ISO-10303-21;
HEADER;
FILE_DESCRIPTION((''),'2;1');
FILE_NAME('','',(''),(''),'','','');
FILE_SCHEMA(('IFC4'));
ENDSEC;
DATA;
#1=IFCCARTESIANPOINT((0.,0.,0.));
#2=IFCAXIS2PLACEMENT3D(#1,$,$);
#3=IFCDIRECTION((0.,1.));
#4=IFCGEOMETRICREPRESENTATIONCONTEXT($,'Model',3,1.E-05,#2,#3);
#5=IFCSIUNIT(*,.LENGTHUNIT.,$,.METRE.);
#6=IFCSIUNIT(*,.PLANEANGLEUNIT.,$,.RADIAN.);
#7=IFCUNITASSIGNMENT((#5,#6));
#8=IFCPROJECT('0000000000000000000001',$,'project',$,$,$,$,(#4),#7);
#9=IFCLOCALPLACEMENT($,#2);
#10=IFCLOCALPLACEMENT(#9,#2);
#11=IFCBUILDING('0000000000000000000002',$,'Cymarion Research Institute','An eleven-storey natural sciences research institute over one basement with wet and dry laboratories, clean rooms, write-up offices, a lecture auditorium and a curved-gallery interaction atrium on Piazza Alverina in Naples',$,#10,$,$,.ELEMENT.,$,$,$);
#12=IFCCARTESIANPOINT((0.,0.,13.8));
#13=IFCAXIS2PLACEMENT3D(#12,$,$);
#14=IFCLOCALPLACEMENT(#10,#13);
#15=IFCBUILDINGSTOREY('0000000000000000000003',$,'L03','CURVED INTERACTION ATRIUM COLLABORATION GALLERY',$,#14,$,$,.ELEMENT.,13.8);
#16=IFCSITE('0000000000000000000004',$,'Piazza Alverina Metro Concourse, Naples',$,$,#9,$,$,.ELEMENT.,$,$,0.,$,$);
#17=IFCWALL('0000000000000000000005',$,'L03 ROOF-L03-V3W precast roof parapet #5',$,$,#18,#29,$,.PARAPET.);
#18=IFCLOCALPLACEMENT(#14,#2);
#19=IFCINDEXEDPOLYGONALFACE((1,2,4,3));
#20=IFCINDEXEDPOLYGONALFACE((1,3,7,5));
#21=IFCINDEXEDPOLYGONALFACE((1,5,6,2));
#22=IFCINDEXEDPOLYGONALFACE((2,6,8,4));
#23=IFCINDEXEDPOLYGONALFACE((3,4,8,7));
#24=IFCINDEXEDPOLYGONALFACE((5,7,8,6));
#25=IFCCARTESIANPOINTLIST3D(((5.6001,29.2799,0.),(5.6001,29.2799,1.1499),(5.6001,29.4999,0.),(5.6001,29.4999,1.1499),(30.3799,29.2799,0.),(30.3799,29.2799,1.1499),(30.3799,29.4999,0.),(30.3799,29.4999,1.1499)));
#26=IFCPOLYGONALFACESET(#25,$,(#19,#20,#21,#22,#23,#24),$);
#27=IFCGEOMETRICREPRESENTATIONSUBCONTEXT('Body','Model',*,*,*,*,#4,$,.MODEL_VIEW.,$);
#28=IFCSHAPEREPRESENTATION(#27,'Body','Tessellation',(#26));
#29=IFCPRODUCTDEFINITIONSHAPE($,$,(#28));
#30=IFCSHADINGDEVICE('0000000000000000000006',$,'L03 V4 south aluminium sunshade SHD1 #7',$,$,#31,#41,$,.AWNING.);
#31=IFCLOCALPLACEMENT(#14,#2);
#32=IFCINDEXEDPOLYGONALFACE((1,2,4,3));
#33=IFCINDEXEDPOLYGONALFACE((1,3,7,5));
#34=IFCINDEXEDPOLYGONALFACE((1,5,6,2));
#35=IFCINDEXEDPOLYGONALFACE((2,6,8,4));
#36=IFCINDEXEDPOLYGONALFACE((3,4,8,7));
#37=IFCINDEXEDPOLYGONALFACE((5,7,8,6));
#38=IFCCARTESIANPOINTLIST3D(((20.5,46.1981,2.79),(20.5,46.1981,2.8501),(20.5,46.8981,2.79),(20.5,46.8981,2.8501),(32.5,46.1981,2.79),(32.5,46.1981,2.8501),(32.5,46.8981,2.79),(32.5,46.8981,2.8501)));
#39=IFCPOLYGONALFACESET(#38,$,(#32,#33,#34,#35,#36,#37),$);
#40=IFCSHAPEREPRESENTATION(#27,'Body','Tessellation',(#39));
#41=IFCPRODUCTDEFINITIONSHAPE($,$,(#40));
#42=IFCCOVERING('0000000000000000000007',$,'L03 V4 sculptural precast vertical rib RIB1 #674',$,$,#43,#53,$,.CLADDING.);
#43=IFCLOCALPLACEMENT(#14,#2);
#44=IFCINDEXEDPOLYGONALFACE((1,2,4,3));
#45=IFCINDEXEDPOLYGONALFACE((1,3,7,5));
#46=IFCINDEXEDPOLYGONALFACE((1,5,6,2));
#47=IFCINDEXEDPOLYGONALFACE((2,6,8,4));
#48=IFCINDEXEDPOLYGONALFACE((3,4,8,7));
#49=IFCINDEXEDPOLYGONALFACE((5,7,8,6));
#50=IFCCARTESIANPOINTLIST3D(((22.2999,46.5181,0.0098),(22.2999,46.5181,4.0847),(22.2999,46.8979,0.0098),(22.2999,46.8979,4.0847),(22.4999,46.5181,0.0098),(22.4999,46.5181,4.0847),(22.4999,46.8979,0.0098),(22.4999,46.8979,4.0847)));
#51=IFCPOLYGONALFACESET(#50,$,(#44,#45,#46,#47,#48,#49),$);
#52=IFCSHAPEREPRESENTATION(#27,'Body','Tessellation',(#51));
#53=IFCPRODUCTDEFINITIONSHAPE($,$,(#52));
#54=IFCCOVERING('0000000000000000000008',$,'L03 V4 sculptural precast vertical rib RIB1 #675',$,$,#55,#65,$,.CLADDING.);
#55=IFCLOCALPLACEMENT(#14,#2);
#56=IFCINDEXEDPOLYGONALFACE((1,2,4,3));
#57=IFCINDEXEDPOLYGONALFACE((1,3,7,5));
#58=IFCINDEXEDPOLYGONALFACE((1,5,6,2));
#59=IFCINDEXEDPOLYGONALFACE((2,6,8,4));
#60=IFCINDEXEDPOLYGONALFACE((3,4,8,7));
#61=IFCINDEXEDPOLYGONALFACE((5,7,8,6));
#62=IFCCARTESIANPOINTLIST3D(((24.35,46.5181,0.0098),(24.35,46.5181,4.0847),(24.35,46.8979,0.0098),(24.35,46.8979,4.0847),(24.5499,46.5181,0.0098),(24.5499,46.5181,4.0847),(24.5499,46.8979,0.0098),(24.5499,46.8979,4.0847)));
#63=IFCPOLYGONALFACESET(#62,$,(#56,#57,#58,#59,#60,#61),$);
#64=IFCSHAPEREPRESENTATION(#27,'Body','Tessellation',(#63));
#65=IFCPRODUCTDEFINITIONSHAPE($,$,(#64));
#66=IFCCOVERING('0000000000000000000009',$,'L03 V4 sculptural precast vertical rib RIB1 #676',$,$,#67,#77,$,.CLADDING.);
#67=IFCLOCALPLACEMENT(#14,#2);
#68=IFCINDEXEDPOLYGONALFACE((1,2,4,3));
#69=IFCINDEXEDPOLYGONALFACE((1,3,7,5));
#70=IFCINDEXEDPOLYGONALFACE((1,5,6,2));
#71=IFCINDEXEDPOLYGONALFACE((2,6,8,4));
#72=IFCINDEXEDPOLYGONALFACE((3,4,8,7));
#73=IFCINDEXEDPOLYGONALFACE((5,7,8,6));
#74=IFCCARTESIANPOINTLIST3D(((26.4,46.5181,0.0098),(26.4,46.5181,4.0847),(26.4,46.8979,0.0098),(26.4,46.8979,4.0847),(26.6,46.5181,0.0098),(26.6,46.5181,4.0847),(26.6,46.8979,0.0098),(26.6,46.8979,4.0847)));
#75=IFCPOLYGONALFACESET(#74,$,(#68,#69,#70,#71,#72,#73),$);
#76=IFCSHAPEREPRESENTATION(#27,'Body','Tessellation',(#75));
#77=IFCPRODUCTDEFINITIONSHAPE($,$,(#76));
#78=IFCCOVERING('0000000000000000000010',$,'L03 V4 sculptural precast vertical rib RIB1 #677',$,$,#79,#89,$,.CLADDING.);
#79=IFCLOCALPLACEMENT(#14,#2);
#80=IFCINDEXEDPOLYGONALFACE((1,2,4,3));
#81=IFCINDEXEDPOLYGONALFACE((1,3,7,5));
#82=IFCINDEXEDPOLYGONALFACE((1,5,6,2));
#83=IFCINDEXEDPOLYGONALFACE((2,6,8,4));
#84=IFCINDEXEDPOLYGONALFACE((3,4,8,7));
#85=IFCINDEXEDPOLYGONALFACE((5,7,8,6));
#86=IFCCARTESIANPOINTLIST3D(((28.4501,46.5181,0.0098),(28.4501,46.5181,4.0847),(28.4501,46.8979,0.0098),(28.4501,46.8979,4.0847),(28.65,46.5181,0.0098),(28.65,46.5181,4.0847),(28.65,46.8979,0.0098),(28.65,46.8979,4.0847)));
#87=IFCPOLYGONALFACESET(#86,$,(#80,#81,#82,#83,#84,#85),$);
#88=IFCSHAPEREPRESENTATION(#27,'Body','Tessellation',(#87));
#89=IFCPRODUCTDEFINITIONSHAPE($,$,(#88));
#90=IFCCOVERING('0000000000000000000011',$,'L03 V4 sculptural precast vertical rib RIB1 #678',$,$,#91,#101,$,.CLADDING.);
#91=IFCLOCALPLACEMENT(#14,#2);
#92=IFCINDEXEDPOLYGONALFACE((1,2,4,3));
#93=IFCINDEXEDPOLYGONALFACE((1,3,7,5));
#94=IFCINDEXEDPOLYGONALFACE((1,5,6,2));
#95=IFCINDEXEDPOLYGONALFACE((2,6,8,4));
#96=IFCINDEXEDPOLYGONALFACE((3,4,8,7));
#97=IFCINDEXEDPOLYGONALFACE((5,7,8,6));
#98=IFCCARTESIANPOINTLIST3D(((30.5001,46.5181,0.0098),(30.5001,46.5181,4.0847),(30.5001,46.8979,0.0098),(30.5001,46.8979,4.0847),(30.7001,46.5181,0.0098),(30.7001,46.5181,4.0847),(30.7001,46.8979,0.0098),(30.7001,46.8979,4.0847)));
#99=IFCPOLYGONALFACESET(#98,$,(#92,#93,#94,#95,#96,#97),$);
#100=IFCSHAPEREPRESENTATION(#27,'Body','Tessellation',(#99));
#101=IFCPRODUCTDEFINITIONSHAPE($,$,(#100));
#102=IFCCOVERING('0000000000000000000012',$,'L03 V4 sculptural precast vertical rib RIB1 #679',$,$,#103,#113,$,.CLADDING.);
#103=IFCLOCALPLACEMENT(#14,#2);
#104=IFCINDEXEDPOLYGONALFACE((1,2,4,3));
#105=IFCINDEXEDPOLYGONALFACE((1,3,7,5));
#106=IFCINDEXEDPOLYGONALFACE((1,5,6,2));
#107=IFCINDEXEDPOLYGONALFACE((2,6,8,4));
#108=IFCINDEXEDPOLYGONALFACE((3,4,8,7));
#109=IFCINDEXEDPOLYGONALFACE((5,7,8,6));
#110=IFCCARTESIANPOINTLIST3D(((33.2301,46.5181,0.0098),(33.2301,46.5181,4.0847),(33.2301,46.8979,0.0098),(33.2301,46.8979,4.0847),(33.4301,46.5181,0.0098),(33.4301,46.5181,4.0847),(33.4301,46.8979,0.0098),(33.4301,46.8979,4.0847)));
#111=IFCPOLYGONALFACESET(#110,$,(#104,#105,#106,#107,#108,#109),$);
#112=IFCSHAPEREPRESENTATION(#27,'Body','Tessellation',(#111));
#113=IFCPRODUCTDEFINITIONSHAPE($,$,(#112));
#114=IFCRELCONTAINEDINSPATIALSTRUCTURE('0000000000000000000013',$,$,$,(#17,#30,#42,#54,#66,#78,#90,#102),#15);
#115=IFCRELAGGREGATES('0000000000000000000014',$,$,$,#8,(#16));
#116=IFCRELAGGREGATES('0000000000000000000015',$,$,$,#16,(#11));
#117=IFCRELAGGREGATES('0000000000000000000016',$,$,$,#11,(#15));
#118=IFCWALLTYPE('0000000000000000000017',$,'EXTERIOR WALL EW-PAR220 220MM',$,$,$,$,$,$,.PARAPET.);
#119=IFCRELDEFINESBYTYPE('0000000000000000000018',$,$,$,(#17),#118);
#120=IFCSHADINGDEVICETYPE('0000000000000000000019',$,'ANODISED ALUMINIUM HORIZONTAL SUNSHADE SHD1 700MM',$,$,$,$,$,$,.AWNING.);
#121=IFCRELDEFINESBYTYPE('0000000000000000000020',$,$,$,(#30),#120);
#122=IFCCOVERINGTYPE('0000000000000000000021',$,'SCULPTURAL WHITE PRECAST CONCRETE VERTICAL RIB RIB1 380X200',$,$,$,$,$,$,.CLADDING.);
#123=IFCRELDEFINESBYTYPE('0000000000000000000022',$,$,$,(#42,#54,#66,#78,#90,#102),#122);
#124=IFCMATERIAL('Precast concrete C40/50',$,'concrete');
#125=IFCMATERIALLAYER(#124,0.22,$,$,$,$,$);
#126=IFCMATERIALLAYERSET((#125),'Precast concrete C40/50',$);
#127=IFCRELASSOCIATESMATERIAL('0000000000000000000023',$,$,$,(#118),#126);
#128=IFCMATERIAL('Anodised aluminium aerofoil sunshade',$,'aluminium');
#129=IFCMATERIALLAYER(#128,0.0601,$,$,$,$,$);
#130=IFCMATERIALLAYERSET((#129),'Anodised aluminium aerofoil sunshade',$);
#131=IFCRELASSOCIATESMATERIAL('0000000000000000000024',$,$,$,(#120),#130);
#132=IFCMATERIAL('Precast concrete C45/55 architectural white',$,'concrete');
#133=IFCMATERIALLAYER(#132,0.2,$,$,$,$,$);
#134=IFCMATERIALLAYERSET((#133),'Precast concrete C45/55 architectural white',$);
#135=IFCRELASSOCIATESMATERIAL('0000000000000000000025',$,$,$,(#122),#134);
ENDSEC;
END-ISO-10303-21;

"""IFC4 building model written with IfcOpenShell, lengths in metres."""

from ifc_helpers import new_model, si_unit, direction, frame, frame_2d, origin, origin_2d, place, context, subcontext, project, spatial, rectangle, extrude, material, layer, layer_set, type_object, element, save


model = new_model("IFC4")

# Units and contexts
model_context = context("Model", 3, precision=1e-05, world=origin(), true_north=direction((0.0, 1.0)))
body_context = subcontext(model_context, "Body", "Model", "MODEL_VIEW")
ifc_project = project(units=[si_unit("LENGTHUNIT", "METRE"), si_unit("PLANEANGLEUNIT", "RADIAN")], contexts=[model_context])

# Site, building, storey
site_placement = place(None, origin())
site = spatial("IfcSite", under=ifc_project, at=site_placement, Name="Piazza Alverina Metro Concourse, Naples", CompositionType="ELEMENT", RefElevation=0.0)
building_placement = place(site_placement, origin())
building = spatial("IfcBuilding", under=site, at=building_placement, Name="Cymarion Research Institute", Description="An eleven-storey natural sciences research institute over one basement with wet and dry laboratories, clean rooms, write-up offices, a lecture auditorium and a curved-gallery interaction atrium on Piazza Alverina in Naples", CompositionType="ELEMENT")
storey_placement = place(building_placement, frame((0.0, 0.0, 13.8)))
storey = spatial("IfcBuildingStorey", under=building, at=storey_placement, Name="L03", Description="CURVED INTERACTION ATRIUM COLLABORATION GALLERY", CompositionType="ELEMENT", Elevation=13.8)

# Wall
ifc_material_1 = material(Name="Precast concrete C40/50", Category="concrete")
ifc_layer_1 = layer(ifc_material_1, 0.22)
ifc_layer_set_1 = layer_set([ifc_layer_1], Name="Precast concrete C40/50")
wall_type = type_object("IfcWallType", Name="EXTERIOR WALL EW-PAR220 220MM", PredefinedType="PARAPET", material=ifc_layer_set_1)
wall_1_placement = place(storey_placement, frame((30.3799, 29.3899, 0.0), z_axis=(0.0, 0.0, 1.0), x_axis=(-1.0, 0.0, 0.0)))
element("IfcWall", 1, at=wall_1_placement, inside=storey, type_object=wall_type, Name="L03 ROOF-L03-V3W precast roof parapet #5", PredefinedType="PARAPET", context=body_context, shape_type="SweptSolid", body=[
    extrude(rectangle(XDim=24.7798, YDim=0.22, at=frame_2d((12.3899, 0.0))), origin(), (0.0, 0.0, 1.0), 1.1499),
])

# Shading device
ifc_material_2 = material(Name="Anodised aluminium aerofoil sunshade", Category="aluminium")
ifc_layer_2 = layer(ifc_material_2, 0.0601)
ifc_layer_set_2 = layer_set([ifc_layer_2], Name="Anodised aluminium aerofoil sunshade")
shading_device_type = type_object("IfcShadingDeviceType", Name="ANODISED ALUMINIUM HORIZONTAL SUNSHADE SHD1 700MM", PredefinedType="AWNING", material=ifc_layer_set_2)
shading_device_placement = place(storey_placement, frame((26.5, 46.5481, 2.79), z_axis=(0.0, 0.0, 1.0), x_axis=(0.0, -1.0, 0.0)))
element("IfcShadingDevice", 2, at=shading_device_placement, inside=storey, type_object=shading_device_type, Name="L03 V4 south aluminium sunshade SHD1 #7", PredefinedType="AWNING", context=body_context, shape_type="SweptSolid", body=[
    extrude(rectangle(XDim=0.7, YDim=12.0, at=origin_2d()), origin(), (0.0, 0.0, 1.0), 0.0601),
])

# Coverings
ifc_material_3 = material(Name="Precast concrete C45/55 architectural white", Category="concrete")
ifc_layer_3 = layer(ifc_material_3, 0.2)
ifc_layer_set_3 = layer_set([ifc_layer_3], Name="Precast concrete C45/55 architectural white")
covering_type = type_object("IfcCoveringType", Name="SCULPTURAL WHITE PRECAST CONCRETE VERTICAL RIB RIB1 380X200", PredefinedType="CLADDING", material=ifc_layer_set_3)
for number, where, z_axis, x_axis, name in (
    (3, (22.3999, 46.708, 0.0098), (0.0, 0.0, 1.0), (0.0, -1.0, 0.0), "L03 V4 sculptural precast vertical rib RIB1 #674"),
    (4, (24.45, 46.708, 0.0098), (0.0, 0.0, 1.0), (0.0, -1.0, 0.0), "L03 V4 sculptural precast vertical rib RIB1 #675"),
    (5, (26.5, 46.708, 0.0098), (0.0, 0.0, 1.0), (0.0, -1.0, 0.0), "L03 V4 sculptural precast vertical rib RIB1 #676"),
    (6, (28.55, 46.708, 0.0098), (0.0, 0.0, 1.0), (0.0, -1.0, 0.0), "L03 V4 sculptural precast vertical rib RIB1 #677"),
    (7, (30.6001, 46.708, 0.0098), (0.0, 0.0, 1.0), (0.0, -1.0, 0.0), "L03 V4 sculptural precast vertical rib RIB1 #678"),
    (8, (33.3301, 46.708, 0.0098), (0.0, 0.0, 1.0), (0.0, -1.0, 0.0), "L03 V4 sculptural precast vertical rib RIB1 #679"),
):
    element("IfcCovering", number, at=place(storey_placement, frame(where, z_axis=z_axis, x_axis=x_axis)), inside=storey, type_object=covering_type, Name=name, PredefinedType="CLADDING", context=body_context, shape_type="SweptSolid", body=[
        extrude(rectangle(XDim=0.3799, YDim=0.2, at=origin_2d()), origin(), (0.0, 0.0, 1.0), 4.075),
    ])

save(model, "model.ifc")
